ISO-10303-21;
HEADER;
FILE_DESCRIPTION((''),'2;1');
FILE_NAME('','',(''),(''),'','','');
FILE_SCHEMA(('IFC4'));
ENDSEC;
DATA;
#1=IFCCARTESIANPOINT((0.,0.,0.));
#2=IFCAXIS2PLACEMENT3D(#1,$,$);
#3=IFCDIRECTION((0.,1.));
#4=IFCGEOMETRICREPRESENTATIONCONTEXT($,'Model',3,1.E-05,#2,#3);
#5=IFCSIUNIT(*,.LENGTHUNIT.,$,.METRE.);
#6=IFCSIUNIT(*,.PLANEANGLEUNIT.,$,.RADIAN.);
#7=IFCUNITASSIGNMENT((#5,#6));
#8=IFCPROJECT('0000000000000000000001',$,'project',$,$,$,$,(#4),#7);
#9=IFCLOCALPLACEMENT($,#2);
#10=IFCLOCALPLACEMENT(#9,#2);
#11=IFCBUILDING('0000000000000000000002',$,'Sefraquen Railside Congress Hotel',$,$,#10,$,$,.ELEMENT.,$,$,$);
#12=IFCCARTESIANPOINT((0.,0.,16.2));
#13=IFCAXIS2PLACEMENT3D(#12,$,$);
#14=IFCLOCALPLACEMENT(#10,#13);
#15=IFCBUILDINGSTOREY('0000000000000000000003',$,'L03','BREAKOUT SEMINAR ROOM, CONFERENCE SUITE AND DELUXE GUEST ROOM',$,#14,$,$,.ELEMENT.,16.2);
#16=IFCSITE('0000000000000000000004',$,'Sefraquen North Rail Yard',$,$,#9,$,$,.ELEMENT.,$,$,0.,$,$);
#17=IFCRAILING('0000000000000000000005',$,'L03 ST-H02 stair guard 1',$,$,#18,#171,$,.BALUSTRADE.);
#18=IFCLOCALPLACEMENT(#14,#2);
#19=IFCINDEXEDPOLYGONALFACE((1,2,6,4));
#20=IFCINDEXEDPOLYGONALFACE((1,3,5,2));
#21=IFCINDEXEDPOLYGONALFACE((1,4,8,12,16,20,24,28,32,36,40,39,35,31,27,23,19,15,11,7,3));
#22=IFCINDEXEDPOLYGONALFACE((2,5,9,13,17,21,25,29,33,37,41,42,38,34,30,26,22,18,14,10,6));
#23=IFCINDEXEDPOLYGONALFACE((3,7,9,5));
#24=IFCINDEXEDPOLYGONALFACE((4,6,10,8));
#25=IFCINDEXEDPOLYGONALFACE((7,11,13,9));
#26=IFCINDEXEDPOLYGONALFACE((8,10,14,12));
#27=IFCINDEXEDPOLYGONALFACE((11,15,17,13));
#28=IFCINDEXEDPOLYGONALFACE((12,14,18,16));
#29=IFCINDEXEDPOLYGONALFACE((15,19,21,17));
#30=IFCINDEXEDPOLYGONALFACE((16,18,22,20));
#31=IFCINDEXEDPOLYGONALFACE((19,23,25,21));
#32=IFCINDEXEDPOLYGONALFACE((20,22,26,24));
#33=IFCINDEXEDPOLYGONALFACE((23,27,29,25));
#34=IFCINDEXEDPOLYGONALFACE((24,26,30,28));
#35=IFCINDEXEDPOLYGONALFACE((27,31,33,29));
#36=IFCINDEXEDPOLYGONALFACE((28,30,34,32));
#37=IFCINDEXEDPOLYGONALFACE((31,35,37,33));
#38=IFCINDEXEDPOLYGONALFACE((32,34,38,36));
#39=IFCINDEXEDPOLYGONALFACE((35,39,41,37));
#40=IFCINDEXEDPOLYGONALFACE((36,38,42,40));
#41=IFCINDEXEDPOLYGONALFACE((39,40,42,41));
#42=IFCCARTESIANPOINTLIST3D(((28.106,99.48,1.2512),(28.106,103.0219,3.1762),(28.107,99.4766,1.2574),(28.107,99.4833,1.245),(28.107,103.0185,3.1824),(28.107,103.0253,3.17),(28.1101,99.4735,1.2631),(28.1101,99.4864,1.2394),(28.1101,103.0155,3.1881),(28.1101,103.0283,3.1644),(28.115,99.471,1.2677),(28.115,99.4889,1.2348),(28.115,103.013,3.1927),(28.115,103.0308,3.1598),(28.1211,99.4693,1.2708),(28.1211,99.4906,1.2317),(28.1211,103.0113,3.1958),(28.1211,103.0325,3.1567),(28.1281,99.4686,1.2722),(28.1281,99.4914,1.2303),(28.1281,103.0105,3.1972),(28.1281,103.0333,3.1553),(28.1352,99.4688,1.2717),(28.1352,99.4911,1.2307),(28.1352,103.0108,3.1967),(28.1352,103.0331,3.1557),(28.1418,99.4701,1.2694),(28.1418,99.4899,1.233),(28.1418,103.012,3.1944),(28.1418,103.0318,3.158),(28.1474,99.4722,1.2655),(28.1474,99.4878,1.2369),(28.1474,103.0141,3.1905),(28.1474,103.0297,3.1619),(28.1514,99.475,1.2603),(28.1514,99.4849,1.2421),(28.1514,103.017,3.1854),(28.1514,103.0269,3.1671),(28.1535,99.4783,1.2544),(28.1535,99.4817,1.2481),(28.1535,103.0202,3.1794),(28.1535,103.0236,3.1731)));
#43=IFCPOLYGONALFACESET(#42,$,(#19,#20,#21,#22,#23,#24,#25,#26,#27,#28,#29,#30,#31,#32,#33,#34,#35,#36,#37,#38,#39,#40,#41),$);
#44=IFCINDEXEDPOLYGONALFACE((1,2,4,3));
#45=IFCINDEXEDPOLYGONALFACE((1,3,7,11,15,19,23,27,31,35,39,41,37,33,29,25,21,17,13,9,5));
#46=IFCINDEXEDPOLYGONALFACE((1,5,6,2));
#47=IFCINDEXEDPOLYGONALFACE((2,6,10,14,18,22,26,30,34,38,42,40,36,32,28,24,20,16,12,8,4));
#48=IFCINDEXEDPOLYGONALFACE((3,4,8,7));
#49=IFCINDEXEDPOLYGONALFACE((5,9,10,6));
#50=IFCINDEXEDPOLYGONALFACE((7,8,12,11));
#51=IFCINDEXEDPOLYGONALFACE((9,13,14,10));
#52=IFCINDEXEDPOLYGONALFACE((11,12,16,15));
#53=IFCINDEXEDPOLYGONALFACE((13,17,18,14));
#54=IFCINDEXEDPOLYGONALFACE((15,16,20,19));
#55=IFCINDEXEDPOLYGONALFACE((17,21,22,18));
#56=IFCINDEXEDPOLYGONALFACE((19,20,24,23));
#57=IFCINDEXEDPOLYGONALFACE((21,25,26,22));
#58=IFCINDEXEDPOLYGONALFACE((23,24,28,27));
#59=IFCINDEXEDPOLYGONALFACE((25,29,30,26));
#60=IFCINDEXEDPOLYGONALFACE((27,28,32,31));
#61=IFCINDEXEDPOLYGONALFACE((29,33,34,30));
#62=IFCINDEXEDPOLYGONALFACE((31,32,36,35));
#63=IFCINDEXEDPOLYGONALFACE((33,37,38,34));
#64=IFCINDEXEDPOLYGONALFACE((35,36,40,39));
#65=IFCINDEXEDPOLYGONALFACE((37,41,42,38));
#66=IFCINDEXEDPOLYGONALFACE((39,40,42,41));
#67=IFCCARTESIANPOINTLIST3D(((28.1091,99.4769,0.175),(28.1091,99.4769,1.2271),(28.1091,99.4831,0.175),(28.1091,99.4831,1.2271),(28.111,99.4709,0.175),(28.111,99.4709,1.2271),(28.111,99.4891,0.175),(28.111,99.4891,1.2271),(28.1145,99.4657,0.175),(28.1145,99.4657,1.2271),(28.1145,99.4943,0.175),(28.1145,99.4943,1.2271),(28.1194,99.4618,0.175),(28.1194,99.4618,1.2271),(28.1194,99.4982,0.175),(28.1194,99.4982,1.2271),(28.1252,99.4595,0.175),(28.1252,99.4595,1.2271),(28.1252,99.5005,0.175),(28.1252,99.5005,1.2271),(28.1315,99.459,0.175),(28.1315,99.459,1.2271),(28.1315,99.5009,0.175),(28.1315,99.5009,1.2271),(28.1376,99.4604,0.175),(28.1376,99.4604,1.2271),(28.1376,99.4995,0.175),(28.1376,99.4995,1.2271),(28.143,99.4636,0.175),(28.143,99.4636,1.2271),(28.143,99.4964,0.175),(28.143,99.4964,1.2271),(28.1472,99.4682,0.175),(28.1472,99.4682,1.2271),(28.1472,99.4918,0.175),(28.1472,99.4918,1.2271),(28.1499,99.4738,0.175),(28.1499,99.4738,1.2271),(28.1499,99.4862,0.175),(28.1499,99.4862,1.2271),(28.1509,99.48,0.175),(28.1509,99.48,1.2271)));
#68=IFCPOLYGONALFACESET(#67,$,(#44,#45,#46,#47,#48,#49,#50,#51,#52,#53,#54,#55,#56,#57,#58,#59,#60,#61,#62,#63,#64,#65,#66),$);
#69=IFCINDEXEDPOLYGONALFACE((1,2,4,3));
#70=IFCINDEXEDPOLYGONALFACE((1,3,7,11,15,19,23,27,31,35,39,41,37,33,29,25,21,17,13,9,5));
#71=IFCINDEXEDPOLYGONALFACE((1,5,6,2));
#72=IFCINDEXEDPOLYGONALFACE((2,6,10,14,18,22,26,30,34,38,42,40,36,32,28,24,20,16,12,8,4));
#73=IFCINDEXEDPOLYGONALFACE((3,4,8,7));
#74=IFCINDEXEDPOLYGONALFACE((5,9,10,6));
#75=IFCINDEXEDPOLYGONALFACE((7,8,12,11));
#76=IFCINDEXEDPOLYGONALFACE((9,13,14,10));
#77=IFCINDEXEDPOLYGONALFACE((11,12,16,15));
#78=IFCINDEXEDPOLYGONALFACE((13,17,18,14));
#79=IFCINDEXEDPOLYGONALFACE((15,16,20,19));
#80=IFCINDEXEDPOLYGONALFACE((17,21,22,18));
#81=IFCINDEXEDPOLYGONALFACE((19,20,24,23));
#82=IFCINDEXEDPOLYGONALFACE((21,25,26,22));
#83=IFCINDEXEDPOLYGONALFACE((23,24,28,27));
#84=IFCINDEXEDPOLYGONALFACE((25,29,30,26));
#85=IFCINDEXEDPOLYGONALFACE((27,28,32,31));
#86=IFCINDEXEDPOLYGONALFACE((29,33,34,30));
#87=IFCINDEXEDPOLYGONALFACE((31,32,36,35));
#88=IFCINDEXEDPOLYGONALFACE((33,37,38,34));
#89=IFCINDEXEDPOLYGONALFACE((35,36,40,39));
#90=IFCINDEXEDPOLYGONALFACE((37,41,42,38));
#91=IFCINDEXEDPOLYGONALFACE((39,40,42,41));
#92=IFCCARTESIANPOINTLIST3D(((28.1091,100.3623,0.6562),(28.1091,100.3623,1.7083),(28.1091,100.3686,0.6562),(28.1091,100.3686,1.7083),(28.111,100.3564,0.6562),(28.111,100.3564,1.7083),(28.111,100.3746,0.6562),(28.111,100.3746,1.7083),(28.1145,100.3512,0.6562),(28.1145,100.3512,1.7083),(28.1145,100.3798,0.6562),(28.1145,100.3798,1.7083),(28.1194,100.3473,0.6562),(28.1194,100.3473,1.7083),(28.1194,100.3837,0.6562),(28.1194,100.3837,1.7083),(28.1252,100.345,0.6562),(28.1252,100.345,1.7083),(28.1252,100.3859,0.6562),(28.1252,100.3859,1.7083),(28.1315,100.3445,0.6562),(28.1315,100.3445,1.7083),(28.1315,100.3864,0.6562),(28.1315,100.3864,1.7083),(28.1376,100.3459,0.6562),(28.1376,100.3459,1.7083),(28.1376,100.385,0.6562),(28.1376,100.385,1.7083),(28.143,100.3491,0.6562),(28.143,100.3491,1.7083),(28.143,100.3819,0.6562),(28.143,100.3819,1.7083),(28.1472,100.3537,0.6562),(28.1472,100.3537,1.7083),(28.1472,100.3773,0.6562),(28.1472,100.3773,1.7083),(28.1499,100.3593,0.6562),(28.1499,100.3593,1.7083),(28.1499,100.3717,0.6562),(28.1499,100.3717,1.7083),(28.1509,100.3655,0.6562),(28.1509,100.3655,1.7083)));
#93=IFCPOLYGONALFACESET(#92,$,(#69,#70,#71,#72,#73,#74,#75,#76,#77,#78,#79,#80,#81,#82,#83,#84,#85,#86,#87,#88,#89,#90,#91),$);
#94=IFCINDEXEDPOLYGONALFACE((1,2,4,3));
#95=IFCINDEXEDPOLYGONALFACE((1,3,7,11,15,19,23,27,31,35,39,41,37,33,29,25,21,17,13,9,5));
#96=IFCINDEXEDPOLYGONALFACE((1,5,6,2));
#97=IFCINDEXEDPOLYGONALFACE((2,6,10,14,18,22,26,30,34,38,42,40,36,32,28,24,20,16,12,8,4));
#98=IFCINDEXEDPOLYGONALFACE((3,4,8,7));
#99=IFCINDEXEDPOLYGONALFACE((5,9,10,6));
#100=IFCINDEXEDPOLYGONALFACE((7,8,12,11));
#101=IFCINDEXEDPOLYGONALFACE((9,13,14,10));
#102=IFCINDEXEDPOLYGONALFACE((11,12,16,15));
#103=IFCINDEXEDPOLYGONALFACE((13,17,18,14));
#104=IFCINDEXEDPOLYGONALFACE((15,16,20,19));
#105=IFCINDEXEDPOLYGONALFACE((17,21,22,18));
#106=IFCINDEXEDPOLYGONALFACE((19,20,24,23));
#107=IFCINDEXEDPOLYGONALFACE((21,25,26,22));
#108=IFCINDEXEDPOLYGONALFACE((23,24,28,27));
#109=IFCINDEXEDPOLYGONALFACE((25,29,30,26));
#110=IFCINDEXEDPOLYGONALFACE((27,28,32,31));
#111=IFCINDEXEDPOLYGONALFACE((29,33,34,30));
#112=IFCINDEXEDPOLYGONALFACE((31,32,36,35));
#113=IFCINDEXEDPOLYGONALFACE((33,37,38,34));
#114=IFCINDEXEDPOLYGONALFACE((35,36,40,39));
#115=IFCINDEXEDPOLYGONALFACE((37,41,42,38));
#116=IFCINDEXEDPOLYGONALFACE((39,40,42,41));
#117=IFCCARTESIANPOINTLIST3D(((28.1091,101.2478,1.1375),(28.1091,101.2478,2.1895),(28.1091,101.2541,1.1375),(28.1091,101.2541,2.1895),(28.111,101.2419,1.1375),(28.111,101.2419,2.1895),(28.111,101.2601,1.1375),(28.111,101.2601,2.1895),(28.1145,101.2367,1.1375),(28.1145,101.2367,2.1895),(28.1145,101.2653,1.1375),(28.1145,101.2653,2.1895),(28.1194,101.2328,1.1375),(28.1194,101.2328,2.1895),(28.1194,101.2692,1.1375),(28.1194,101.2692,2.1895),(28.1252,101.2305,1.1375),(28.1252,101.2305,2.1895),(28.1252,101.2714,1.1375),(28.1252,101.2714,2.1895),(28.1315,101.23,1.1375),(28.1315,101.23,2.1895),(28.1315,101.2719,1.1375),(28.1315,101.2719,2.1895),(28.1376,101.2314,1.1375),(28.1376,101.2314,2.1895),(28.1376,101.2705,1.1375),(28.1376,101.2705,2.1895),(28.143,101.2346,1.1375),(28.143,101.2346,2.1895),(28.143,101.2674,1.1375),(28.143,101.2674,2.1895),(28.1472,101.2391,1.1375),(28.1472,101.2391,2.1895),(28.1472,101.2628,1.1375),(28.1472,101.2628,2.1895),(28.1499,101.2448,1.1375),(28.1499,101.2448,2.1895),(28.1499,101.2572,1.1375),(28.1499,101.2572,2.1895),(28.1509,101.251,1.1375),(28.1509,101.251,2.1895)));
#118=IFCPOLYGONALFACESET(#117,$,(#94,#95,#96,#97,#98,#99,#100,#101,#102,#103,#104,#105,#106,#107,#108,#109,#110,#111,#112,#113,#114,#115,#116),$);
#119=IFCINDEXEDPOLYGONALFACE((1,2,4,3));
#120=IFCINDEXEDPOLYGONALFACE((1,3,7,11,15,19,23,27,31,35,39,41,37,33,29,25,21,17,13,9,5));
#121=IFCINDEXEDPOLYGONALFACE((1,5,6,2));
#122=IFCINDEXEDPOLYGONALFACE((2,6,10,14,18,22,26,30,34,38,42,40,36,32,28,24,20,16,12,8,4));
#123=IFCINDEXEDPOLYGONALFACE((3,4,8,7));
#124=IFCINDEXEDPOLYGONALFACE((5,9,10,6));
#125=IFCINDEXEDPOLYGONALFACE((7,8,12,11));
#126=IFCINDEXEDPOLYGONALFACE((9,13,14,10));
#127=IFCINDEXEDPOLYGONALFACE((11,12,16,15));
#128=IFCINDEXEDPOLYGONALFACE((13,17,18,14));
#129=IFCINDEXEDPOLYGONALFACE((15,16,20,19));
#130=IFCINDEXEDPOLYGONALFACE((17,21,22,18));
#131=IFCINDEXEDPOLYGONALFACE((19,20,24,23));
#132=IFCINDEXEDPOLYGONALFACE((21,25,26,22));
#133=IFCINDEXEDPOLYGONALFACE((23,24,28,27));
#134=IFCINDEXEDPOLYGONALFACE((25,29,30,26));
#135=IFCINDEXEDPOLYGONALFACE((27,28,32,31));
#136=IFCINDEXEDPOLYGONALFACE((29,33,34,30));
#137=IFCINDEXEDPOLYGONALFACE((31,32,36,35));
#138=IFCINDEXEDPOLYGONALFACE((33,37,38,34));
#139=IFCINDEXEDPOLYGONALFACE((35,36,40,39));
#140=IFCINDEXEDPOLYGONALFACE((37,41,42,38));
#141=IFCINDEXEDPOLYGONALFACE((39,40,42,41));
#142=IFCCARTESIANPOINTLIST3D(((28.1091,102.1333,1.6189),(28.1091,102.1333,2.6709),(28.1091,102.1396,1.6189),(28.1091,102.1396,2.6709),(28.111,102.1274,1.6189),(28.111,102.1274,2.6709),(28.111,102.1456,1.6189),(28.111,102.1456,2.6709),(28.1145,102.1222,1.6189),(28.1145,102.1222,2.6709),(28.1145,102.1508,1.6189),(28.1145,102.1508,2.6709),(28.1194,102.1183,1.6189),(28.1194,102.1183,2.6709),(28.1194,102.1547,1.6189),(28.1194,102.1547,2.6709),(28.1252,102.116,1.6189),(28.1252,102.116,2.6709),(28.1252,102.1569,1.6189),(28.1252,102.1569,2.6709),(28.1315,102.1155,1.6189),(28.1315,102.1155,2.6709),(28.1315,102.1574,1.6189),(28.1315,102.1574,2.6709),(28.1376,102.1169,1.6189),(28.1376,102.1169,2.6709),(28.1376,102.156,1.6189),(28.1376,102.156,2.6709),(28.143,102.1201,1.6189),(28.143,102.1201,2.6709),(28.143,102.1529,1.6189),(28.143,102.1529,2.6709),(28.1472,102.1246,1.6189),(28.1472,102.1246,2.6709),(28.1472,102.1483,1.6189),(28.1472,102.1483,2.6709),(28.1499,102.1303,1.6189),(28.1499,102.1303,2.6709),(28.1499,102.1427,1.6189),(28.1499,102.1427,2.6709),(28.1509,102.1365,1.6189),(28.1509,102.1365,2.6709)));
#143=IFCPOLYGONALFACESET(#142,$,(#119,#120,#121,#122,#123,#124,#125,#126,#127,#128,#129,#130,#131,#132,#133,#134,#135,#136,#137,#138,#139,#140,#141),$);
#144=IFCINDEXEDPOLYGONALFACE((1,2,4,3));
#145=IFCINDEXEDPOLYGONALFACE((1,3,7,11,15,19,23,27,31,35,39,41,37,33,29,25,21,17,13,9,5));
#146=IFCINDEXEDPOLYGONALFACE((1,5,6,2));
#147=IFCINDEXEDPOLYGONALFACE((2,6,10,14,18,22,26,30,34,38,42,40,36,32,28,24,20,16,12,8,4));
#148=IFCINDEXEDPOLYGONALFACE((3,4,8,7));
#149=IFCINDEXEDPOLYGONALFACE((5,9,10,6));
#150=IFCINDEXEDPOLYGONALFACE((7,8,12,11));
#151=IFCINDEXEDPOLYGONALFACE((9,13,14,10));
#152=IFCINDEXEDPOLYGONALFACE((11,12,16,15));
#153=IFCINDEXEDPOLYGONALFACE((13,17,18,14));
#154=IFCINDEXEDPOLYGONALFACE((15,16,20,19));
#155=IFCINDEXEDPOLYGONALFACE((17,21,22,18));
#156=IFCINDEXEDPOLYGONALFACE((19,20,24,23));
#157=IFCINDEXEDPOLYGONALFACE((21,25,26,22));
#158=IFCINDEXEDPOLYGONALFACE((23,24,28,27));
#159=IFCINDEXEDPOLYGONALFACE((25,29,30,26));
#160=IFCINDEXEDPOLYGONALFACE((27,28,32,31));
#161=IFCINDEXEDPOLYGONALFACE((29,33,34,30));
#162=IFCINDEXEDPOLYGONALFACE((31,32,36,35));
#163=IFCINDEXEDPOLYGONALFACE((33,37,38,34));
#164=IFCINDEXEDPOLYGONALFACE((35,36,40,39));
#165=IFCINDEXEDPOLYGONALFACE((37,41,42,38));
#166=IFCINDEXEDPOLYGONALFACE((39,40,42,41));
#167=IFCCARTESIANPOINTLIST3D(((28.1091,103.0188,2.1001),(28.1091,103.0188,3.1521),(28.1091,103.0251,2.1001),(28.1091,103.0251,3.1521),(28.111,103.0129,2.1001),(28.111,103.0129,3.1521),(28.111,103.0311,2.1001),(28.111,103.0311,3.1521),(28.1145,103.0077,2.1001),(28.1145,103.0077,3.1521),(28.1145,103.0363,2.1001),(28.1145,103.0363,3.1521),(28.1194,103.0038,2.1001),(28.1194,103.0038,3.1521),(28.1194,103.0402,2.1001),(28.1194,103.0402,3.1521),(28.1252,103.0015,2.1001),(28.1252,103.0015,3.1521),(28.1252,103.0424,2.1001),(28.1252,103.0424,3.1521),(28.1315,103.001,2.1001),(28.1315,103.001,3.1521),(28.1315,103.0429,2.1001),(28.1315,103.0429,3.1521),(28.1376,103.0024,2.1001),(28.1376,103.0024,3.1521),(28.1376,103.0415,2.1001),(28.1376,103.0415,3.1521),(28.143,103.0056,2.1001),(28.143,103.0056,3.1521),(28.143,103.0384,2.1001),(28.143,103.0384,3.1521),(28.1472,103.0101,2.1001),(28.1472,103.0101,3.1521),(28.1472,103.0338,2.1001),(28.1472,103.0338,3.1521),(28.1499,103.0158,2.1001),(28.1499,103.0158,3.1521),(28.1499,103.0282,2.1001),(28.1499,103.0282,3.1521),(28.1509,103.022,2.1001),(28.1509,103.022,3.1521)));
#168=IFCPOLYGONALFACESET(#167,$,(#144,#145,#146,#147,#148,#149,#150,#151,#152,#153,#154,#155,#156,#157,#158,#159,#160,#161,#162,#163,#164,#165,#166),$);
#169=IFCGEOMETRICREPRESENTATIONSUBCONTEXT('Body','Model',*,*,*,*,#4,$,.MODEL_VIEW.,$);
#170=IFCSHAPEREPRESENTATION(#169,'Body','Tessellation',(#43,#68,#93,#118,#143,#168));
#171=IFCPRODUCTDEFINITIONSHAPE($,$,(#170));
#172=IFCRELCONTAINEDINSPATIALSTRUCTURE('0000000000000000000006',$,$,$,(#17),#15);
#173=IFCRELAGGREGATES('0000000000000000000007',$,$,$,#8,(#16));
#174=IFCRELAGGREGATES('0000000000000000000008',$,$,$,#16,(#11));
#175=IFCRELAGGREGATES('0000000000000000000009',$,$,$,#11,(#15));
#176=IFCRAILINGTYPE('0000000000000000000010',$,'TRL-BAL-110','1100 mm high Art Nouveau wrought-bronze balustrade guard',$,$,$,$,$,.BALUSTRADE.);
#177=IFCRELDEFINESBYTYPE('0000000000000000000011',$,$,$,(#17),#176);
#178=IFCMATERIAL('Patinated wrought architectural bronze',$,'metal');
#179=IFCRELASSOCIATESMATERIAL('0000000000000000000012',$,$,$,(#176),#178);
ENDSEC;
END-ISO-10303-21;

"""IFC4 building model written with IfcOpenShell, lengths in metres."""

from ifc_helpers import new_model, si_unit, direction, frame, origin, origin_2d, place, context, subcontext, project, spatial, circle, extrude, material, type_object, element, save


model = new_model("IFC4")

# Units and contexts
model_context = context("Model", 3, precision=1e-05, world=origin(), true_north=direction((0.0, 1.0)))
body_context = subcontext(model_context, "Body", "Model", "MODEL_VIEW")
ifc_project = project(units=[si_unit("LENGTHUNIT", "METRE"), si_unit("PLANEANGLEUNIT", "RADIAN")], contexts=[model_context])

# Site, building, storey
site_placement = place(None, origin())
site = spatial("IfcSite", under=ifc_project, at=site_placement, Name="Sefraquen North Rail Yard", CompositionType="ELEMENT", RefElevation=0.0)
building_placement = place(site_placement, origin())
building = spatial("IfcBuilding", under=site, at=building_placement, Name="Sefraquen Railside Congress Hotel", CompositionType="ELEMENT")
storey_placement = place(building_placement, frame((0.0, 0.0, 16.2)))
storey = spatial("IfcBuildingStorey", under=building, at=storey_placement, Name="L03", Description="BREAKOUT SEMINAR ROOM, CONFERENCE SUITE AND DELUXE GUEST ROOM", CompositionType="ELEMENT", Elevation=16.2)

# Railing
ifc_material_1 = material(Name="Patinated wrought architectural bronze", Category="metal")
railing_type_1 = type_object("IfcRailingType", Name="TRL-BAL-110", Description="1100 mm high Art Nouveau wrought-bronze balustrade guard", PredefinedType="BALUSTRADE", material=ifc_material_1)
railing_1_placement = place(storey_placement, frame((28.1299, 99.48, 0.175)))
element("IfcRailing", 1, at=railing_1_placement, inside=storey, type_object=railing_type_1, Name="L03 ST-H02 stair guard 1", PredefinedType="BALUSTRADE", context=body_context, shape_type="SweptSolid", body=[
    extrude(circle(Radius=0.0239, at=origin_2d()), frame((0.0, 0.0, 1.0762), z_axis=(0.0, 0.878619, 0.477523), x_axis=(-1.0, 0.0, 0.0)), (0.0, 0.0, 1.0), 4.0312),
    extrude(circle(Radius=0.021, at=origin_2d()), origin(), (0.0, 0.0, 1.0), 1.052),
    extrude(circle(Radius=0.021, at=origin_2d()), frame((0.0, 0.8855, 0.4812)), (0.0, 0.0, 1.0), 1.052),
    extrude(circle(Radius=0.021, at=origin_2d()), frame((0.0, 1.771, 0.9624)), (0.0, 0.0, 1.0), 1.052),
    extrude(circle(Radius=0.021, at=origin_2d()), frame((0.0, 2.6565, 1.4438)), (0.0, 0.0, 1.0), 1.052),
    extrude(circle(Radius=0.021, at=origin_2d()), frame((0.0, 3.542, 1.925)), (0.0, 0.0, 1.0), 1.052),
])

save(model, "model.ifc")
